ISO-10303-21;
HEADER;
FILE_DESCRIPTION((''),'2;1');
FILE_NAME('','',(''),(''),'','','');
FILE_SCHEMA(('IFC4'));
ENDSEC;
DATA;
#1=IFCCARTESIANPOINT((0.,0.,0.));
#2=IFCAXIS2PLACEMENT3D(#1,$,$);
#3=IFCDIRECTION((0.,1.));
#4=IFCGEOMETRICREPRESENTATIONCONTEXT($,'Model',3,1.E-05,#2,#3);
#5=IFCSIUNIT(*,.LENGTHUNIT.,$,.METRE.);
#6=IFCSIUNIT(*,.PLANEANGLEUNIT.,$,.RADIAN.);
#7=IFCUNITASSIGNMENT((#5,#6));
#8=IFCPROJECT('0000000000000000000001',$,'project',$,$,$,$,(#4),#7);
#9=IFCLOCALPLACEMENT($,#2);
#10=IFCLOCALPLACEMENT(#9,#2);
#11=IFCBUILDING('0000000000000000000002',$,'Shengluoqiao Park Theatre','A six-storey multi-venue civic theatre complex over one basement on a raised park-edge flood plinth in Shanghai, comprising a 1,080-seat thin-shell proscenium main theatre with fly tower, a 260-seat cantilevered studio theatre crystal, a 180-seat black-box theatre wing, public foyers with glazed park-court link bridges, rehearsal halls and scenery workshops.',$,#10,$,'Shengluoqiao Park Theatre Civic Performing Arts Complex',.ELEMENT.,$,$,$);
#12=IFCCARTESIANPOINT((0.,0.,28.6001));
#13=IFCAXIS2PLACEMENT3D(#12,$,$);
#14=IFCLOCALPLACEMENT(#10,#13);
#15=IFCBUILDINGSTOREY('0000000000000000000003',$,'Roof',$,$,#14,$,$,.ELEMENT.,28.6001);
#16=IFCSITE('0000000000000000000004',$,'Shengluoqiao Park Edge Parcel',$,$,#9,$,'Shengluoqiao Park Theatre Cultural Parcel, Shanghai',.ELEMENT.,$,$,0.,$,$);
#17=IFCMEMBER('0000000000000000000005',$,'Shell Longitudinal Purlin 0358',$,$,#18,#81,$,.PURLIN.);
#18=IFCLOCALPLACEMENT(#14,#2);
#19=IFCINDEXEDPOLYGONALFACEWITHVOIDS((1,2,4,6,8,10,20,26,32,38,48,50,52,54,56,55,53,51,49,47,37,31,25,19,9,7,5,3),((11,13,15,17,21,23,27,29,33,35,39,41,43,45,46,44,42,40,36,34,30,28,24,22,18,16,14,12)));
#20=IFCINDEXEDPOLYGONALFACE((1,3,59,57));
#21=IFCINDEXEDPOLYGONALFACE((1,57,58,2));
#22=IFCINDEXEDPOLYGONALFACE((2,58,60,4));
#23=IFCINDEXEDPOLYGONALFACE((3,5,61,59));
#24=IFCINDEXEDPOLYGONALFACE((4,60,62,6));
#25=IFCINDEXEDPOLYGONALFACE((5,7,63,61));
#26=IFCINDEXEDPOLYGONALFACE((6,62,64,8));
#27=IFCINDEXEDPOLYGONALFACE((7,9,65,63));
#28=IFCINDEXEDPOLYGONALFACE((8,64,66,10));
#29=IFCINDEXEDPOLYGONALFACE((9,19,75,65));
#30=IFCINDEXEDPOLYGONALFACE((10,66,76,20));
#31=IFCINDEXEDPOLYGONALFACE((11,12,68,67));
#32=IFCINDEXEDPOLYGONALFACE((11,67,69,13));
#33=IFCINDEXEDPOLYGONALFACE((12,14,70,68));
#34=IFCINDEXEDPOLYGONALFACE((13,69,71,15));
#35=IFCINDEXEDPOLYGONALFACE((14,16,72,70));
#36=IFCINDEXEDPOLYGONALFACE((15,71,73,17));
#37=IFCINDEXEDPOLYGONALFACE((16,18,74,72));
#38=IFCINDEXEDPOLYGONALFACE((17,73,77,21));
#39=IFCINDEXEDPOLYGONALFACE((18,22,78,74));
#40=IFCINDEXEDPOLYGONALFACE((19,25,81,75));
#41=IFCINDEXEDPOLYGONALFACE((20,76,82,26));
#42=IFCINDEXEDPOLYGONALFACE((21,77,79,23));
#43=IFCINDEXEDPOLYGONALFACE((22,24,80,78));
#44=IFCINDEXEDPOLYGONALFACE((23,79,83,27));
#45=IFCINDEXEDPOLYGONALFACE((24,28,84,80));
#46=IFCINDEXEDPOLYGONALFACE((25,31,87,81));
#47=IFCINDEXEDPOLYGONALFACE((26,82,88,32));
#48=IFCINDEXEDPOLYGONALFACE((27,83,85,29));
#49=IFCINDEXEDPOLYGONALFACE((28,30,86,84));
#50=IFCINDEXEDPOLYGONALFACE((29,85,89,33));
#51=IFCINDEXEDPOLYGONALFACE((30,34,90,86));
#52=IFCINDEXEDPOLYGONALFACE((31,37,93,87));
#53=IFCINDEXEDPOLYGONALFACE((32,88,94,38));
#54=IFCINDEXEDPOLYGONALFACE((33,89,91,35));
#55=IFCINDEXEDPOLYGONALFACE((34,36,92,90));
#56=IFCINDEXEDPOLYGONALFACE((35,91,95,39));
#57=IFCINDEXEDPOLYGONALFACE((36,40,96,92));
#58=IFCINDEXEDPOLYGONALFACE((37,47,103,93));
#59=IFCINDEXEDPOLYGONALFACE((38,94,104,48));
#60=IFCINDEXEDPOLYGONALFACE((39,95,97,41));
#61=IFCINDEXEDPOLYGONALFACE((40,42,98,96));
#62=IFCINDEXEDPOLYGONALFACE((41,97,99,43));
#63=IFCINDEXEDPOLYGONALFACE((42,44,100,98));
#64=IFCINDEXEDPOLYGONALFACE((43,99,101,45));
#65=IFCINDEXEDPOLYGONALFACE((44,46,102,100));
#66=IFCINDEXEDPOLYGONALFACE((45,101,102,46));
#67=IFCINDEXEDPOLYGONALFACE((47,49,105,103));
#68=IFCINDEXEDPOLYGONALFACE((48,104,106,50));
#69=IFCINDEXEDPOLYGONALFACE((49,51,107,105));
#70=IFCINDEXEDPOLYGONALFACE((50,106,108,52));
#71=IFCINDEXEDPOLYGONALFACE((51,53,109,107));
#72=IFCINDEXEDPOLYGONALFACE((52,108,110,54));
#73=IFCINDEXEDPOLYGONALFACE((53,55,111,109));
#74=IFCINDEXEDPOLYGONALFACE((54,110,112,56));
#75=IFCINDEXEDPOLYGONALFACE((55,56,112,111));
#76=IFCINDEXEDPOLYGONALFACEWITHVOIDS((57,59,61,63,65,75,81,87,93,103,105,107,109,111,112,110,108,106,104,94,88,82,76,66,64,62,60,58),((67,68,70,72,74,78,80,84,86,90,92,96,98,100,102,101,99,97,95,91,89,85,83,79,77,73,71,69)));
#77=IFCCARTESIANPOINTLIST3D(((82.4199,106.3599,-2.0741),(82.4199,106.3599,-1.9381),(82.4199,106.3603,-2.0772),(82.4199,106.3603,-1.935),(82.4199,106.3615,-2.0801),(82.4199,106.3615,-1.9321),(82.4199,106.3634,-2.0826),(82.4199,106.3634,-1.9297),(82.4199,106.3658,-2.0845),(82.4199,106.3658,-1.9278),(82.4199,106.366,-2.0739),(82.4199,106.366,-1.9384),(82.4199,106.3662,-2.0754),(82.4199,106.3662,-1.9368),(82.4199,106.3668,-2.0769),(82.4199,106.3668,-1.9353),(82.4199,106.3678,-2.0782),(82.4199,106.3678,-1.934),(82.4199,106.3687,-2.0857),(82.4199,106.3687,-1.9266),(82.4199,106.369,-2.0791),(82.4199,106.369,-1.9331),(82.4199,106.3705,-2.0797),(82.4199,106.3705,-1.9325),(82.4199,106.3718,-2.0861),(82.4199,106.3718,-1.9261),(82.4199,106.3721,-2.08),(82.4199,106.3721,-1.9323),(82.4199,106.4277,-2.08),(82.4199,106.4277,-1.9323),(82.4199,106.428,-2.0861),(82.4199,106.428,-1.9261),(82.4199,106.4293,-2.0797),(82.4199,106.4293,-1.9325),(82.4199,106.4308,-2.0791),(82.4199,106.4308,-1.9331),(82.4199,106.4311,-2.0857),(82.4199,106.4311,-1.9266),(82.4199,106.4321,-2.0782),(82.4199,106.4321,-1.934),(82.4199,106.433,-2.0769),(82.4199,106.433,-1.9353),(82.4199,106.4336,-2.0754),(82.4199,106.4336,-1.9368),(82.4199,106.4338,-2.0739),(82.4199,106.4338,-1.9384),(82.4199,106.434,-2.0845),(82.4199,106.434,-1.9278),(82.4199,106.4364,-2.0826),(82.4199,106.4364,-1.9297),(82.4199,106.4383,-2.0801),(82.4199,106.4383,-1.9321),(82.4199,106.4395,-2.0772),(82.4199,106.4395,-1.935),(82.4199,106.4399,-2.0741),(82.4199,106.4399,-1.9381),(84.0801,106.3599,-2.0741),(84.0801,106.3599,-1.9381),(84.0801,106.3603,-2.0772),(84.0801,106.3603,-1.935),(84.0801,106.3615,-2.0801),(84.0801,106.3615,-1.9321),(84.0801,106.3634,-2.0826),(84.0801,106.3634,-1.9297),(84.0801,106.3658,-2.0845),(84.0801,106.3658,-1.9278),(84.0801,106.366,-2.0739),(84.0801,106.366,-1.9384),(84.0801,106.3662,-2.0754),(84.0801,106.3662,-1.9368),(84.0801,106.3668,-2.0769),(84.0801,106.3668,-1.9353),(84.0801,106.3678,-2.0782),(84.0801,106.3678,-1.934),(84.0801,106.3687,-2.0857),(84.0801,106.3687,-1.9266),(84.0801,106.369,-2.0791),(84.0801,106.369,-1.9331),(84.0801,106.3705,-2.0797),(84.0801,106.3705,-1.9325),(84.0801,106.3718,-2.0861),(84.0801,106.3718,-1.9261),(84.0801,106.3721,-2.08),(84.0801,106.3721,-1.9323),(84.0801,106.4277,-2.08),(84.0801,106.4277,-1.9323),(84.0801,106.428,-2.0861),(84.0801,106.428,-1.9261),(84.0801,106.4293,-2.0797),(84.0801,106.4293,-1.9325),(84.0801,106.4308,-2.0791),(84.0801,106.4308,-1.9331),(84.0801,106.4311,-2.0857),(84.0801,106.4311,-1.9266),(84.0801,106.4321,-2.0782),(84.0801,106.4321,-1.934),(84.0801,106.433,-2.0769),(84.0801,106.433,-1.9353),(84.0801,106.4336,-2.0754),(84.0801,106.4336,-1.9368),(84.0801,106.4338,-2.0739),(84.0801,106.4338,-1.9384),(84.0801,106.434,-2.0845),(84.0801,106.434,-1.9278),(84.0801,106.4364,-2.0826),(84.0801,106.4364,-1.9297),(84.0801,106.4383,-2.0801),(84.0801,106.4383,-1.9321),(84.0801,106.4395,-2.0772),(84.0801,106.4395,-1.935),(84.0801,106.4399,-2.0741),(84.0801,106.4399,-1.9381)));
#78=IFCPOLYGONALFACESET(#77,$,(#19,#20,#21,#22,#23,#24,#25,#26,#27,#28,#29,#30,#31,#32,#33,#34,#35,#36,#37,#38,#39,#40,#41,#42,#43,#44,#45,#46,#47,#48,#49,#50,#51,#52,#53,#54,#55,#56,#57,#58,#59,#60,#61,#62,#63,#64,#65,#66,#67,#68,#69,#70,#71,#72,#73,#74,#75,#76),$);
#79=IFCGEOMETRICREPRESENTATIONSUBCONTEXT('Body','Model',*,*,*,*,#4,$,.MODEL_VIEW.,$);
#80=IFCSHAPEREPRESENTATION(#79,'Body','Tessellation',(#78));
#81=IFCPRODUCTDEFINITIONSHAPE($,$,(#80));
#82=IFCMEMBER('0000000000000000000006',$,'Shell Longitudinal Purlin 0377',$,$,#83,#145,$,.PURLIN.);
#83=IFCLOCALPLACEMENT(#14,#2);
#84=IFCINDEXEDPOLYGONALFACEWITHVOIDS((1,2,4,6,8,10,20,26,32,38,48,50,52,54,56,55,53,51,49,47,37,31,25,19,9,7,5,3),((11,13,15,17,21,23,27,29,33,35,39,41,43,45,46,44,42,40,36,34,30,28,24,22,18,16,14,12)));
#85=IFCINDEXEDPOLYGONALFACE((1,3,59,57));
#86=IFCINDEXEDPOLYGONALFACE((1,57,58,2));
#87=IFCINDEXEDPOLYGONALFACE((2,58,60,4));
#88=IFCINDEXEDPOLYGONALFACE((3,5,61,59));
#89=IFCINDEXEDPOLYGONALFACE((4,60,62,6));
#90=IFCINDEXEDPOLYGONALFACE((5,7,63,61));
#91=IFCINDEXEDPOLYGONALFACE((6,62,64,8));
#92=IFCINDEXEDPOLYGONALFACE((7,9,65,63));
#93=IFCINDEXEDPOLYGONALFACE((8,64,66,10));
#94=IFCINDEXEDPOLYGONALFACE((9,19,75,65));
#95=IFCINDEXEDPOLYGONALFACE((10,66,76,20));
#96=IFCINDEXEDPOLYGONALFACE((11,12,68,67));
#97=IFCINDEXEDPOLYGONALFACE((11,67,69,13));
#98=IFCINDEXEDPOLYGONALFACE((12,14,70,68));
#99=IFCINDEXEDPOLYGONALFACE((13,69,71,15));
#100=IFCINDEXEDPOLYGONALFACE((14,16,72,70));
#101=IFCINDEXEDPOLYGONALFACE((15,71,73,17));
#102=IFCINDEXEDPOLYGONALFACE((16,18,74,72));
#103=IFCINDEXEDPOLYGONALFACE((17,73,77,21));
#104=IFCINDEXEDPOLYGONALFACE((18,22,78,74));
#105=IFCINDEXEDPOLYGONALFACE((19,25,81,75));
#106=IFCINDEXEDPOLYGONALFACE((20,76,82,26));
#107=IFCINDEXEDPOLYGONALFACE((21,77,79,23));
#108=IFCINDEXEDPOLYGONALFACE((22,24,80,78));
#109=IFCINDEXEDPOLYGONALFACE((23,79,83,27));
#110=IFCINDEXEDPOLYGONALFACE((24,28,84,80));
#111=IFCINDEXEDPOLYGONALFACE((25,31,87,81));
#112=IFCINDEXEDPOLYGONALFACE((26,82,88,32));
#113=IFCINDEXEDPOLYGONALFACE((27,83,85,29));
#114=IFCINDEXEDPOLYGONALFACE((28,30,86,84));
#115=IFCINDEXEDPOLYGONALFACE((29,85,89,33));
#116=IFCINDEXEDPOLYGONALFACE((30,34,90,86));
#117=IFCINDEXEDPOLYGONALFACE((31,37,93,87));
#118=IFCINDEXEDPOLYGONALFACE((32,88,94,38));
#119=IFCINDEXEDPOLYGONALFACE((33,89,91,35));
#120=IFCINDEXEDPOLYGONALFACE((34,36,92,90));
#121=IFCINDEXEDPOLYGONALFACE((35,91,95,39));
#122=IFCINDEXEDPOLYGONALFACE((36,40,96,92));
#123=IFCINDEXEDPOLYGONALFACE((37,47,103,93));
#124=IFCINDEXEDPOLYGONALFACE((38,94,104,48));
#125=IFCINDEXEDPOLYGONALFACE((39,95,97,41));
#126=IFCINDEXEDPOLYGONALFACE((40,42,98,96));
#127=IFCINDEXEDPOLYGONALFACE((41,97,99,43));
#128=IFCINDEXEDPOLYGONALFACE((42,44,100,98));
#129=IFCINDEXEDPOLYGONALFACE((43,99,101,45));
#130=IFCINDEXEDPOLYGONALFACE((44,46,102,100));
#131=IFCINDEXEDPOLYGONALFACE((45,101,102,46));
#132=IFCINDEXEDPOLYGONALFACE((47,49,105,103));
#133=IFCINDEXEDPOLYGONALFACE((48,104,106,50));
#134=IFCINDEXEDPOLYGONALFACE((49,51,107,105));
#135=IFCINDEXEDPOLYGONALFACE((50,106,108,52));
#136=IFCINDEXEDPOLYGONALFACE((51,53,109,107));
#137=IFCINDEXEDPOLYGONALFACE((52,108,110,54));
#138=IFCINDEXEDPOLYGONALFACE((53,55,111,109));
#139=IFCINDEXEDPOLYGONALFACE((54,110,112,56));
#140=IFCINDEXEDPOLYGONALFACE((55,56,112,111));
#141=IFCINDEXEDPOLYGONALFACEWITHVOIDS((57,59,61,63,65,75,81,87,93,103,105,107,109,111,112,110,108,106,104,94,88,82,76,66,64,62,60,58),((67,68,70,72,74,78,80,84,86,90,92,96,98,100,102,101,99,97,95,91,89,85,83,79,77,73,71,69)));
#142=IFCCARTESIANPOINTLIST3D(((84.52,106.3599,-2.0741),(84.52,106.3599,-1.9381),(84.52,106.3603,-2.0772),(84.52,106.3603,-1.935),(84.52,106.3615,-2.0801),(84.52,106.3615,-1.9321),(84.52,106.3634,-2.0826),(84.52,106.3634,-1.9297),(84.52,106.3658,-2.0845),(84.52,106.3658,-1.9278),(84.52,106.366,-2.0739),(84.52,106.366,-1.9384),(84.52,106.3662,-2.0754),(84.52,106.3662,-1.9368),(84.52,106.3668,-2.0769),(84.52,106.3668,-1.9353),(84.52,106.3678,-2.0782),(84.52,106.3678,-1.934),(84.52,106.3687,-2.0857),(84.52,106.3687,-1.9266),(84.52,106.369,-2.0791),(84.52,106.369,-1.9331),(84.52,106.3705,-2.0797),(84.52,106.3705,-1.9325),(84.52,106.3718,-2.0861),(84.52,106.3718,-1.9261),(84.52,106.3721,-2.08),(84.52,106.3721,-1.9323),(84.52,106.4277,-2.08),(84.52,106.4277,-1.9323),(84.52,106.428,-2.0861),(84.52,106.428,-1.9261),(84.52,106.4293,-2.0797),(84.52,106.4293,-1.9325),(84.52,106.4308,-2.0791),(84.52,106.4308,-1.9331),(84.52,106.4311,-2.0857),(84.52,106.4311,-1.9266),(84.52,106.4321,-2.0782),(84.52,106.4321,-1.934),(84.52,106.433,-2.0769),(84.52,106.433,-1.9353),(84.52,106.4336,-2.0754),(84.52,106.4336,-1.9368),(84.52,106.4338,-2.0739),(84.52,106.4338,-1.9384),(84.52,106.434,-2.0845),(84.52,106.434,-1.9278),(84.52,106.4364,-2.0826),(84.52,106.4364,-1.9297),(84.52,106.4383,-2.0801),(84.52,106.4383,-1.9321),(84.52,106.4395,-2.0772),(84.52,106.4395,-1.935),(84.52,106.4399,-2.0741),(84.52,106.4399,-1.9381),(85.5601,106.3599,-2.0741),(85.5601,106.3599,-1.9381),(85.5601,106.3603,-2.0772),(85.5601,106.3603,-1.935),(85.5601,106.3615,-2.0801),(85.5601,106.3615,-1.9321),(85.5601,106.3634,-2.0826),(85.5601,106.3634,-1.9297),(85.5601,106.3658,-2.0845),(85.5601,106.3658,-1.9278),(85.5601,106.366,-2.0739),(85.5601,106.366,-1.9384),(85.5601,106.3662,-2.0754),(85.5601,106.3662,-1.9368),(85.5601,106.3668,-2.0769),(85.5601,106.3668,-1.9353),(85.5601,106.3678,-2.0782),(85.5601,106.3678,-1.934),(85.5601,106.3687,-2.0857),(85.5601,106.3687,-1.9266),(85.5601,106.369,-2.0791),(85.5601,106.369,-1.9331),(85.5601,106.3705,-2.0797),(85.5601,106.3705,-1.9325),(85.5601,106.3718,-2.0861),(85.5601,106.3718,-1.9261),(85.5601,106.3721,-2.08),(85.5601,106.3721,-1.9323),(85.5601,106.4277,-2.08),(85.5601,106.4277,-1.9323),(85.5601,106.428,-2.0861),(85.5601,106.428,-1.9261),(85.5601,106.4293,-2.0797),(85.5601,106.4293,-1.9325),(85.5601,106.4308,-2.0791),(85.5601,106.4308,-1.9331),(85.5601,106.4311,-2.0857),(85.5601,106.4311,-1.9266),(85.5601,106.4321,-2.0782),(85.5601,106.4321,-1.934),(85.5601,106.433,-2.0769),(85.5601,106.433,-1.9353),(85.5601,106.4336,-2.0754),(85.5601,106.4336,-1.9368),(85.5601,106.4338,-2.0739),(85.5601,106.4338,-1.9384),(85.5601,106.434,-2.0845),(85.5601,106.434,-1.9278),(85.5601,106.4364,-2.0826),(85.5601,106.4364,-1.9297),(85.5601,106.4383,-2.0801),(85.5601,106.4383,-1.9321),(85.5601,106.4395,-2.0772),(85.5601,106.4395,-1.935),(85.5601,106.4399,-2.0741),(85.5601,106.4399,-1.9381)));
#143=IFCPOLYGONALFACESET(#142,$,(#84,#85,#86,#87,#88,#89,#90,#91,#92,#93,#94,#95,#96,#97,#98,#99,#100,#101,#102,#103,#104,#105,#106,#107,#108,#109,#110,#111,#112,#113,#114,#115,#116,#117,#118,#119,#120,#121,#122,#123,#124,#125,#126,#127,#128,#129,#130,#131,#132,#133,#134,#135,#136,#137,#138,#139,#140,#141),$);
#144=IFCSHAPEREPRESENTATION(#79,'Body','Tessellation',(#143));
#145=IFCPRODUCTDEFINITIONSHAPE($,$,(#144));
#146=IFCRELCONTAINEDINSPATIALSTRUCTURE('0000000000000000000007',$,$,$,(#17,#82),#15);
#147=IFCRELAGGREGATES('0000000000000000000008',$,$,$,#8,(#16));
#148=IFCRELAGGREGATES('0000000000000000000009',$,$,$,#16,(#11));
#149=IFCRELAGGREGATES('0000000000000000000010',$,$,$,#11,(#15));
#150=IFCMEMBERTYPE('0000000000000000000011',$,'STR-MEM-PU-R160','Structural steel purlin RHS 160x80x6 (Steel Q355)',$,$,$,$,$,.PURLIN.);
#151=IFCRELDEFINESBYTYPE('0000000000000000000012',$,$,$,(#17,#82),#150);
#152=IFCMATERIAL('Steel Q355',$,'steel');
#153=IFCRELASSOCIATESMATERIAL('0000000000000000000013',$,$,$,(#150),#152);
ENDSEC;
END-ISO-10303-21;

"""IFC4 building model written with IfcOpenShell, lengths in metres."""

from ifc_helpers import new_model, si_unit, direction, frame, origin, origin_2d, place, context, subcontext, project, spatial, hollow_rectangle, extrude, material, material_profile, profile_set, type_object, element, save


model = new_model("IFC4")

# Units and contexts
model_context = context("Model", 3, precision=1e-05, world=origin(), true_north=direction((0.0, 1.0)))
body_context = subcontext(model_context, "Body", "Model", "MODEL_VIEW")
ifc_project = project(units=[si_unit("LENGTHUNIT", "METRE"), si_unit("PLANEANGLEUNIT", "RADIAN")], contexts=[model_context])

# Site, building, storey
site_placement = place(None, origin())
site = spatial("IfcSite", under=ifc_project, at=site_placement, Name="Shengluoqiao Park Edge Parcel", LongName="Shengluoqiao Park Theatre Cultural Parcel, Shanghai", CompositionType="ELEMENT", RefElevation=0.0)
building_placement = place(site_placement, origin())
building = spatial("IfcBuilding", under=site, at=building_placement, Name="Shengluoqiao Park Theatre", Description="A six-storey multi-venue civic theatre complex over one basement on a raised park-edge flood plinth in Shanghai, comprising a 1,080-seat thin-shell proscenium main theatre with fly tower, a 260-seat cantilevered studio theatre crystal, a 180-seat black-box theatre wing, public foyers with glazed park-court link bridges, rehearsal halls and scenery workshops.", LongName="Shengluoqiao Park Theatre Civic Performing Arts Complex", CompositionType="ELEMENT")
storey_placement = place(building_placement, frame((0.0, 0.0, 28.6001)))
storey = spatial("IfcBuildingStorey", under=building, at=storey_placement, Name="Roof", CompositionType="ELEMENT", Elevation=28.6001)

# Shared definitions
ifc_material_1 = material(Name="Steel Q355", Category="steel")

# Members
ifc_material_profile_1 = material_profile(ifc_material_1, hollow_rectangle(XDim=0.0801, YDim=0.1599, WallThickness=0.0061, InnerFilletRadius=0.0061, OuterFilletRadius=0.012, at=origin_2d()), Name="RHS 160x80x6")
ifc_profile_set_1 = profile_set([ifc_material_profile_1], Name="Steel Q355")
member_type_1 = type_object("IfcMemberType", Name="STR-MEM-PU-R160", Description="Structural steel purlin RHS 160x80x6 (Steel Q355)", PredefinedType="PURLIN", material=ifc_profile_set_1)
member_1_placement = place(storey_placement, frame((82.4199, 106.3999, -2.0061), z_axis=(1.0, 0.0, 0.0), x_axis=(0.0, 1.0, 0.0)))
element("IfcMember", 1, at=member_1_placement, inside=storey, type_object=member_type_1, Name="Shell Longitudinal Purlin 0358", PredefinedType="PURLIN", context=body_context, shape_type="SweptSolid", body=[
    extrude(hollow_rectangle(XDim=0.0801, YDim=0.1599, WallThickness=0.0061, InnerFilletRadius=0.0061, OuterFilletRadius=0.012, at=origin_2d()), origin(), (0.0, 0.0, 1.0), 1.6602),
])
member_2_placement = place(storey_placement, frame((84.52, 106.3999, -2.0061), z_axis=(1.0, 0.0, 0.0), x_axis=(0.0, 1.0, 0.0)))
element("IfcMember", 2, at=member_2_placement, inside=storey, type_object=member_type_1, Name="Shell Longitudinal Purlin 0377", PredefinedType="PURLIN", context=body_context, shape_type="SweptSolid", body=[
    extrude(hollow_rectangle(XDim=0.0801, YDim=0.1599, WallThickness=0.0061, InnerFilletRadius=0.0061, OuterFilletRadius=0.012, at=origin_2d()), origin(), (0.0, 0.0, 1.0), 1.04),
])

save(model, "model.ifc")
